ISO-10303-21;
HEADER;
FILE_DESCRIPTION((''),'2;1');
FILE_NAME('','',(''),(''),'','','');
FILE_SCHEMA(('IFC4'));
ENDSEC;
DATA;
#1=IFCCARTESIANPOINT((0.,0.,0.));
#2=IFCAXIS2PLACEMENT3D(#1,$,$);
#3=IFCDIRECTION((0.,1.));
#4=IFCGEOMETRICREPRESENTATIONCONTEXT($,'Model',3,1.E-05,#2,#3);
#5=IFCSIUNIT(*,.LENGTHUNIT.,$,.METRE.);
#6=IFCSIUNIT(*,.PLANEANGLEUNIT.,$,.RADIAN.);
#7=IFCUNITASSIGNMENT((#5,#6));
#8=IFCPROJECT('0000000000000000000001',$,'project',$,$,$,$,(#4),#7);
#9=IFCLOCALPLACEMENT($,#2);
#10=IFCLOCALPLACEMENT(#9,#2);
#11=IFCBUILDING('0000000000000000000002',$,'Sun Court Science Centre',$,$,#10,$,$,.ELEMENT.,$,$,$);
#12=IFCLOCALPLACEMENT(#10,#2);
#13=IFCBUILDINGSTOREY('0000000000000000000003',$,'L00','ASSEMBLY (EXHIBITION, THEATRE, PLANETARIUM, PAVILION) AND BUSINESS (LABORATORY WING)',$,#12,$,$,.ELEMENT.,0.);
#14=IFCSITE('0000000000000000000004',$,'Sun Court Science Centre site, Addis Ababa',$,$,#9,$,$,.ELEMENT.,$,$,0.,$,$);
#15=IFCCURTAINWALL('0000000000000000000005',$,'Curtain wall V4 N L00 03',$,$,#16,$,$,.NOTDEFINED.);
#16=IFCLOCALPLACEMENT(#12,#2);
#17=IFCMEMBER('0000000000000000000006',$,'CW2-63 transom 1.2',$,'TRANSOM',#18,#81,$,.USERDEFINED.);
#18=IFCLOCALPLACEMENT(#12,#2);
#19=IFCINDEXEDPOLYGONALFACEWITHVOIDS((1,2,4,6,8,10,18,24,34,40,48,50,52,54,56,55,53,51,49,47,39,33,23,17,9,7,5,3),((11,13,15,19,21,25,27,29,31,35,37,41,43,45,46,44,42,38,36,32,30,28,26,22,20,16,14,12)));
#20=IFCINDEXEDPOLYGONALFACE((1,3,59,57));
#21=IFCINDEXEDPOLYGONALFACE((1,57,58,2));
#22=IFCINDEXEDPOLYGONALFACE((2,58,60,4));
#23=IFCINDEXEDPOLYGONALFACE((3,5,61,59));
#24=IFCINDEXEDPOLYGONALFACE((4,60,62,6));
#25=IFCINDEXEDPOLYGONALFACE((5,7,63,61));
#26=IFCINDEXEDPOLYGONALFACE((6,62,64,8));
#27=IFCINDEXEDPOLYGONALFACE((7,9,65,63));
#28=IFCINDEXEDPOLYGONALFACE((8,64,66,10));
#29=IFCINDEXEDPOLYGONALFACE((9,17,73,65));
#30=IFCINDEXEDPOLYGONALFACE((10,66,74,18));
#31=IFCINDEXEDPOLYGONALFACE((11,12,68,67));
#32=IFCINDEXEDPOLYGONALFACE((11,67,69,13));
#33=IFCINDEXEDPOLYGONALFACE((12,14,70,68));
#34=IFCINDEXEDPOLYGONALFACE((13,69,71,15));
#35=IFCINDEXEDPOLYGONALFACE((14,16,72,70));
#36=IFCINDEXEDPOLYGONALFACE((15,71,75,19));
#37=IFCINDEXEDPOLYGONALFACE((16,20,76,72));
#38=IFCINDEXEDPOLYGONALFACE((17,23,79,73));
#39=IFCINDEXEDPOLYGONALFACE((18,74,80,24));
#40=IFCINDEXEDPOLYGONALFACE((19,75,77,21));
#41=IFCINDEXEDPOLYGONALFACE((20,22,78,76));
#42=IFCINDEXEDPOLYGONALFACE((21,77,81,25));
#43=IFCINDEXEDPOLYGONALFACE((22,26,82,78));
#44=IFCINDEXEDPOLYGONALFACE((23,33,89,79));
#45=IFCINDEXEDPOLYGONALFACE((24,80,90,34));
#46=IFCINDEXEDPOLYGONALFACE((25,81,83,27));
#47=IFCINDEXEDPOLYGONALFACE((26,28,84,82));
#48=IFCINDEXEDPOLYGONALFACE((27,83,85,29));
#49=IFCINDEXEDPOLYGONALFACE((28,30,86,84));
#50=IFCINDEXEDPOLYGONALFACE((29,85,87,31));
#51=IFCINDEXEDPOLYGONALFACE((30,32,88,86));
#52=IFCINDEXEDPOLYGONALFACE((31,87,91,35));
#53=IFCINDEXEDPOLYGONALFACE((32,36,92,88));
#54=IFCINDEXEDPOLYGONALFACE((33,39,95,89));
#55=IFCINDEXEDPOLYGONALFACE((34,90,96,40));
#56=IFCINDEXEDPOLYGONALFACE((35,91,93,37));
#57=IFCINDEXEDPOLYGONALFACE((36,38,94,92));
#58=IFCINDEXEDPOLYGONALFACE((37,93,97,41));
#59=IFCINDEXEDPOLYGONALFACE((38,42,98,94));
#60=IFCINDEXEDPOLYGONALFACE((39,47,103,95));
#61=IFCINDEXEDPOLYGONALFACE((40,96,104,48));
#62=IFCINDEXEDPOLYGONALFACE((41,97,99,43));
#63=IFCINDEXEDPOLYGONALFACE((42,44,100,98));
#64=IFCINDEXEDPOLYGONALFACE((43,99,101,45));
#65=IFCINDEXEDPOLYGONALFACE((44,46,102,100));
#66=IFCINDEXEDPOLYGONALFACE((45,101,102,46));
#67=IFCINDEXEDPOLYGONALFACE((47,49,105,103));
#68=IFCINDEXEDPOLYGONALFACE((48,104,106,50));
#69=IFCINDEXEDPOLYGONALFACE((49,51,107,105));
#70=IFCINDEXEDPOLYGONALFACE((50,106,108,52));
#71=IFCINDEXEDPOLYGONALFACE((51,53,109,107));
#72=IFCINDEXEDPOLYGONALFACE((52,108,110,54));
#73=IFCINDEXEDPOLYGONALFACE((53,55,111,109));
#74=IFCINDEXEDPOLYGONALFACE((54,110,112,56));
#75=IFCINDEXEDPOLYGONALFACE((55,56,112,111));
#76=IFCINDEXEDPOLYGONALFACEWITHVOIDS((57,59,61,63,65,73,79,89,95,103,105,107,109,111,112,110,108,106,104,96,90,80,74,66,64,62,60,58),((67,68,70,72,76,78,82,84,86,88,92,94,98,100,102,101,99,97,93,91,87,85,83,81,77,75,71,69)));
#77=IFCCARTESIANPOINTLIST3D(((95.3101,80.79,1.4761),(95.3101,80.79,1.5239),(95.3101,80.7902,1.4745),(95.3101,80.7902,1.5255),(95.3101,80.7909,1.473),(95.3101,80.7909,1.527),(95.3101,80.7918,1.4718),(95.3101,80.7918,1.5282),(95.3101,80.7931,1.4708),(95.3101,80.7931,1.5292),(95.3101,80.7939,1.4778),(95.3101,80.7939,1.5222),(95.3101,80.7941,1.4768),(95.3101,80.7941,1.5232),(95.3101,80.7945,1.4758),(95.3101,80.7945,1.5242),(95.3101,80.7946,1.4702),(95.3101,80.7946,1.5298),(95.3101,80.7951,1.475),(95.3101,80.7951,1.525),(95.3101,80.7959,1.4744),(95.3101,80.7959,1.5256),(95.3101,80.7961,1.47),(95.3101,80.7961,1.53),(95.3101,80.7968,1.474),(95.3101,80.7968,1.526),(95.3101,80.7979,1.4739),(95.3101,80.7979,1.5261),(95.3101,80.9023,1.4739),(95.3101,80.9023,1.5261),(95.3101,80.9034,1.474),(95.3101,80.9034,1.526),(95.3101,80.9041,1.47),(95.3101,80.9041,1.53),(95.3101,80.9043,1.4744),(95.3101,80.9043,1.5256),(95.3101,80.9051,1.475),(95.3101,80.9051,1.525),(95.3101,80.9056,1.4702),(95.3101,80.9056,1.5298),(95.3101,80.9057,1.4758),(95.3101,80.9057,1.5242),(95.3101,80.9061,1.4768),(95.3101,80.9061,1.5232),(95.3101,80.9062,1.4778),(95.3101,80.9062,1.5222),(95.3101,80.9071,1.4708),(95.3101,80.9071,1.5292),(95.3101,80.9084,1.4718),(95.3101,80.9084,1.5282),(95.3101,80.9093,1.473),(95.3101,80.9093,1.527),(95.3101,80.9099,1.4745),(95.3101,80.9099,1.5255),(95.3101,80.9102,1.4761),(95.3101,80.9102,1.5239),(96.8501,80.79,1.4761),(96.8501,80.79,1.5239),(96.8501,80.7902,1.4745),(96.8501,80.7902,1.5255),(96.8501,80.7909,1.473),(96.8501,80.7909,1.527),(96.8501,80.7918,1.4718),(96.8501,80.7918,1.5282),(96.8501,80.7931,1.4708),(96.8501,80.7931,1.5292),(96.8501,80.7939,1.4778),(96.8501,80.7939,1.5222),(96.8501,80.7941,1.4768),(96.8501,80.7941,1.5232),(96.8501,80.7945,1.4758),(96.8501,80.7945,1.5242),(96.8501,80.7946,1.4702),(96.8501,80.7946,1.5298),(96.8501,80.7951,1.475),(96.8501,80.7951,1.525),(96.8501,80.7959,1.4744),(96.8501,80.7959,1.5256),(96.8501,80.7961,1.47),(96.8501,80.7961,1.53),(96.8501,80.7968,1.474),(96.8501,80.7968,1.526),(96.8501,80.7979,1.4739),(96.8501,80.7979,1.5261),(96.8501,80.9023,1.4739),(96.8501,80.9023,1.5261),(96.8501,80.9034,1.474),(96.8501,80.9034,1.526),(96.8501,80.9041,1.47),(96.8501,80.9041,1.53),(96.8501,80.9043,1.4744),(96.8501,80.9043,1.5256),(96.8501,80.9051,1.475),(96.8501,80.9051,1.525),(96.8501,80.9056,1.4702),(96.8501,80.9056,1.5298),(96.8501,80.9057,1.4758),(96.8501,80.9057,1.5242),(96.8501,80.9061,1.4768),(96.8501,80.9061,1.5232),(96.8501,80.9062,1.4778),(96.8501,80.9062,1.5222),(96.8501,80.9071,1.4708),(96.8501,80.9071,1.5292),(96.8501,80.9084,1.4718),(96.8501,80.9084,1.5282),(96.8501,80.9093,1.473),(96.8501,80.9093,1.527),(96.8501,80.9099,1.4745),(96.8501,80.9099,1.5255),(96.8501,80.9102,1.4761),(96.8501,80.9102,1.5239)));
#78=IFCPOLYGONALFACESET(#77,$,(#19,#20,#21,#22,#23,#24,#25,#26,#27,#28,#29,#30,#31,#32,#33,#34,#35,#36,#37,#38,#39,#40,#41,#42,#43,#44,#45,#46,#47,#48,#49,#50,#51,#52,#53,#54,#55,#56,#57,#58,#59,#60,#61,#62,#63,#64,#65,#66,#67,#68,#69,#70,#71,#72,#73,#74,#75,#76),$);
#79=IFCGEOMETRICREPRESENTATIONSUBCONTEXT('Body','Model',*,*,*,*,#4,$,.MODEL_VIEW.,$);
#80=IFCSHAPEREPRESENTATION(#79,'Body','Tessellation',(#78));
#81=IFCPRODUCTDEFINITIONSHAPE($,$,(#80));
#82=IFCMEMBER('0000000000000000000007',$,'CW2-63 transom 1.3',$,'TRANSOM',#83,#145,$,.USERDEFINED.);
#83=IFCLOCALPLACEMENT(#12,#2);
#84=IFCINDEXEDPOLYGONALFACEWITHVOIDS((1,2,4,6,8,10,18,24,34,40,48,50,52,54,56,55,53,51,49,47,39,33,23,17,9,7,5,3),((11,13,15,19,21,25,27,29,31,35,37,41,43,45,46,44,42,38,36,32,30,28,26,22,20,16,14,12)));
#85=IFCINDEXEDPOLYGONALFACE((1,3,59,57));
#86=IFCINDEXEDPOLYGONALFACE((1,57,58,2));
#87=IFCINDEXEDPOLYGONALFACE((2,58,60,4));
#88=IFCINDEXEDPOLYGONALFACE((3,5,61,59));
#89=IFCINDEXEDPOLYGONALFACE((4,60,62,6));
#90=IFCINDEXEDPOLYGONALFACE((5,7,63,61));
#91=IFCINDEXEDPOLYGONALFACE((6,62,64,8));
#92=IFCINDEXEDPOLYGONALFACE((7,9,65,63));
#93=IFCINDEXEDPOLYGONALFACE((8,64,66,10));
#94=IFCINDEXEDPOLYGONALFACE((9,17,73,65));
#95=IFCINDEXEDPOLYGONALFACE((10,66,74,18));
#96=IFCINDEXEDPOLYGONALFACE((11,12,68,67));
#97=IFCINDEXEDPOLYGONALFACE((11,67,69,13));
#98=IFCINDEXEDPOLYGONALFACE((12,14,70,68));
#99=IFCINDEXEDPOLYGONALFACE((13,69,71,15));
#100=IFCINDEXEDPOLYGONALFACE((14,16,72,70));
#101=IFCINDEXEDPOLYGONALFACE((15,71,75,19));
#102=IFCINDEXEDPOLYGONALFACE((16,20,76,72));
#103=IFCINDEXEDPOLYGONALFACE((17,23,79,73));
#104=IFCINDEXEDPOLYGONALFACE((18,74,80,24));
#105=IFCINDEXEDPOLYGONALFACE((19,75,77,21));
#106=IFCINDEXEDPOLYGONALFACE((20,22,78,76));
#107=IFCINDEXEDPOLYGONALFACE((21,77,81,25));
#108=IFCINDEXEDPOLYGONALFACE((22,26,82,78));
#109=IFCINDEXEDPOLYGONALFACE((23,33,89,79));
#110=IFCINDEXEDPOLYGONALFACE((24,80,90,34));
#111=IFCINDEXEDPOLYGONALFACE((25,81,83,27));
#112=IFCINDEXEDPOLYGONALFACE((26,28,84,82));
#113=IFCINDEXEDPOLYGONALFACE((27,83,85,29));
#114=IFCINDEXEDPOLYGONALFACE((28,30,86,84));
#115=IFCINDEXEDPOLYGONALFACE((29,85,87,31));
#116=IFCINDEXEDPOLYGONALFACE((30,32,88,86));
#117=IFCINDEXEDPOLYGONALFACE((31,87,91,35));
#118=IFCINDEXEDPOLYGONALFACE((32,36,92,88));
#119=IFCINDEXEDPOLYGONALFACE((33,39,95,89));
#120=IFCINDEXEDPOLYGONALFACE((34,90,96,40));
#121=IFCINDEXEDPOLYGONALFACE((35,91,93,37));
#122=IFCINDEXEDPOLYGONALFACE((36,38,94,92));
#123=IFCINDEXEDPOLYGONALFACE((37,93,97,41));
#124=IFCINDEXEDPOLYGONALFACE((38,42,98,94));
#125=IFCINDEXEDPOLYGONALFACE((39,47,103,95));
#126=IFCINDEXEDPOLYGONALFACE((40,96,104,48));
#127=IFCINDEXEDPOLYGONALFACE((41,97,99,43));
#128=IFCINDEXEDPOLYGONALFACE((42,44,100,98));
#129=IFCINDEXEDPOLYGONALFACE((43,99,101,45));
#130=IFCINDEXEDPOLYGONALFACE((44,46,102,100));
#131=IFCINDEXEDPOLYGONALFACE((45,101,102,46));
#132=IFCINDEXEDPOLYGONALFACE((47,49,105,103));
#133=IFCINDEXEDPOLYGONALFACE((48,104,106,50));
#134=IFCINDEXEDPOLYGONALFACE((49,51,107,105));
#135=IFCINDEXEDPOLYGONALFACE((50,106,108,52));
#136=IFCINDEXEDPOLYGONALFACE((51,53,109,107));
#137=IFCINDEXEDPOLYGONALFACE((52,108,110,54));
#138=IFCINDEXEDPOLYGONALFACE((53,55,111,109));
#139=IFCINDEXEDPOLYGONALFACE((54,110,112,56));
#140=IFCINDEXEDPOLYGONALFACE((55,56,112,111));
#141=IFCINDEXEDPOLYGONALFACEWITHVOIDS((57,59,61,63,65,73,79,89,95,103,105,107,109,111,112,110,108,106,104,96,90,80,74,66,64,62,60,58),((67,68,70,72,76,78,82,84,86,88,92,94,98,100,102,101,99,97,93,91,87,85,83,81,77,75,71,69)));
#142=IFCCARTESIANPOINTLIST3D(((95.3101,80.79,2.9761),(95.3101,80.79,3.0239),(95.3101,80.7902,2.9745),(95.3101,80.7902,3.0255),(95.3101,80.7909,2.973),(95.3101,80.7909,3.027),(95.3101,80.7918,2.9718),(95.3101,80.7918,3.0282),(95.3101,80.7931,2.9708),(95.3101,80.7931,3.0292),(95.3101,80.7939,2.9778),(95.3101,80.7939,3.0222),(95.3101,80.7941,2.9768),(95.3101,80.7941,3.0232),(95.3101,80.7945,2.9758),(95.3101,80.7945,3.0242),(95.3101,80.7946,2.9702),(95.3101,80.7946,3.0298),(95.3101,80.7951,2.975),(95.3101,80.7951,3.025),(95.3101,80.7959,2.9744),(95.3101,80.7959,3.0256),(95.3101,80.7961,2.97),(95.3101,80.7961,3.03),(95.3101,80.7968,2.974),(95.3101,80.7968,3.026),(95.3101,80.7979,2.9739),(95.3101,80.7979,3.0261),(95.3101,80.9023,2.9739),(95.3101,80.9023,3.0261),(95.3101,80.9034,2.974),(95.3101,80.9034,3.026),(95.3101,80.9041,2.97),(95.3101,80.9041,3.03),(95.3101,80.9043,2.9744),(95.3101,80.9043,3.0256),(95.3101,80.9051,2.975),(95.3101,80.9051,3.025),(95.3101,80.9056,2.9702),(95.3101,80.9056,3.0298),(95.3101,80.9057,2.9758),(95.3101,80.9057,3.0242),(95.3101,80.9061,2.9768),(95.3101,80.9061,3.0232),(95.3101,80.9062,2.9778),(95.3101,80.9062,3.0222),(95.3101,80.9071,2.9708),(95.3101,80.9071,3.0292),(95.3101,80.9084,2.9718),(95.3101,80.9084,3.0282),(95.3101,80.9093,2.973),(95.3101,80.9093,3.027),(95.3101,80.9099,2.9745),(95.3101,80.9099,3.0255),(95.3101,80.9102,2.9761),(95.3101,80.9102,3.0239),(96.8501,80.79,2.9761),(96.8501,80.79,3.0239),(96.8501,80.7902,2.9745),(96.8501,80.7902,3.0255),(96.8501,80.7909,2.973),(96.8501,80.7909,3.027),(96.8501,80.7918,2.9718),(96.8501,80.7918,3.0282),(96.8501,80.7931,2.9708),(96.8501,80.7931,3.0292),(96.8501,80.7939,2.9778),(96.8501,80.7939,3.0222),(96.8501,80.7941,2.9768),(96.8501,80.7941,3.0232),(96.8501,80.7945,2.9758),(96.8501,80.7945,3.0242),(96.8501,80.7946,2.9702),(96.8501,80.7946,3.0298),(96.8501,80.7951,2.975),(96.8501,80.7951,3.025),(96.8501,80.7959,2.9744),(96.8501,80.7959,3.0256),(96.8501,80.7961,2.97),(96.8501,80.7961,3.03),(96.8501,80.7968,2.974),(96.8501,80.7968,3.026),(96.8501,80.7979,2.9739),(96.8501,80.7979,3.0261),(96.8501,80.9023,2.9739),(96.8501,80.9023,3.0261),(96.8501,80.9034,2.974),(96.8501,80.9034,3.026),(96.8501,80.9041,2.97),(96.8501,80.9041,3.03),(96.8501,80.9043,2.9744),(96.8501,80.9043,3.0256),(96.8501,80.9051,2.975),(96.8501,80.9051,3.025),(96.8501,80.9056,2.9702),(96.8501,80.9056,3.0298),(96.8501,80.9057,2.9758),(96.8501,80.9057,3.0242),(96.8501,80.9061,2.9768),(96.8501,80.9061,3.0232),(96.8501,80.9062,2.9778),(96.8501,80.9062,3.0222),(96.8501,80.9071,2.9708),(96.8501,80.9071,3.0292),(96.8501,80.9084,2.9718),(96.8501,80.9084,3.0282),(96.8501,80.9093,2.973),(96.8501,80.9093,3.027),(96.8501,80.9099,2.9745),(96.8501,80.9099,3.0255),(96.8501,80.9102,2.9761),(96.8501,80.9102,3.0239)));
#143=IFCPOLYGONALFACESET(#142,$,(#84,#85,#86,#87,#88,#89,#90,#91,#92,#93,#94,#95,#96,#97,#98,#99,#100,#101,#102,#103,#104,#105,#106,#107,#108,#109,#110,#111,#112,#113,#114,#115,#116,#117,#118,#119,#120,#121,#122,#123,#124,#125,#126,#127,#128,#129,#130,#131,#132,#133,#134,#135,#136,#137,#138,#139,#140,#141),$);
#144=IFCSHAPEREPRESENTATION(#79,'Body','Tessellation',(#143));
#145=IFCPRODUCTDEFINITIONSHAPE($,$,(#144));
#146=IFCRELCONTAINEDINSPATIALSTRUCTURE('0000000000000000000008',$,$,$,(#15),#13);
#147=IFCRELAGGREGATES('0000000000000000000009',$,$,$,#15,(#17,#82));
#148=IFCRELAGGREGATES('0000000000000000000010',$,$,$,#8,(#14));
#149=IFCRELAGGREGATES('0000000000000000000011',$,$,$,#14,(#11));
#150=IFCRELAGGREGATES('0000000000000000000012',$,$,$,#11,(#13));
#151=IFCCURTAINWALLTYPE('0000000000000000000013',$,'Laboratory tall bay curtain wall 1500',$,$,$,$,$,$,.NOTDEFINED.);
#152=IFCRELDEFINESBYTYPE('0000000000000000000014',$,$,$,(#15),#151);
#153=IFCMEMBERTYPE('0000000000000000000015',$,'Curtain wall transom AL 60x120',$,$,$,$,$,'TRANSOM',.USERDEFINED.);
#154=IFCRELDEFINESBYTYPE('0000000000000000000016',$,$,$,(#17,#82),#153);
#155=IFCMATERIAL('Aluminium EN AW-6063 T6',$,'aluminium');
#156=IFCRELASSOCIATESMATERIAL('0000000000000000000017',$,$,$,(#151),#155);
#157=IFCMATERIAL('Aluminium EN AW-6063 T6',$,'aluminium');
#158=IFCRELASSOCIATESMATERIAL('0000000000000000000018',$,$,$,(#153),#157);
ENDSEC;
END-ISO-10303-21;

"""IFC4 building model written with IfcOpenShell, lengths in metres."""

from ifc_helpers import new_model, si_unit, direction, frame, origin, origin_2d, place, context, subcontext, project, spatial, hollow_rectangle, extrude, material, material_profile, profile_set, type_object, element, aggregate, save


model = new_model("IFC4")

# Units and contexts
model_context = context("Model", 3, precision=1e-05, world=origin(), true_north=direction((0.0, 1.0)))
body_context = subcontext(model_context, "Body", "Model", "MODEL_VIEW")
ifc_project = project(units=[si_unit("LENGTHUNIT", "METRE"), si_unit("PLANEANGLEUNIT", "RADIAN")], contexts=[model_context])

# Site, building, storey
site_placement = place(None, origin())
site = spatial("IfcSite", under=ifc_project, at=site_placement, Name="Sun Court Science Centre site, Addis Ababa", CompositionType="ELEMENT", RefElevation=0.0)
building_placement = place(site_placement, origin())
building = spatial("IfcBuilding", under=site, at=building_placement, Name="Sun Court Science Centre", CompositionType="ELEMENT")
storey_placement = place(building_placement, origin())
storey = spatial("IfcBuildingStorey", under=building, at=storey_placement, Name="L00", Description="ASSEMBLY (EXHIBITION, THEATRE, PLANETARIUM, PAVILION) AND BUSINESS (LABORATORY WING)", CompositionType="ELEMENT", Elevation=0.0)

# Curtain wall
ifc_material_1 = material(Name="Aluminium EN AW-6063 T6", Category="aluminium")
curtain_wall_type = type_object("IfcCurtainWallType", Name="Laboratory tall bay curtain wall 1500", PredefinedType="NOTDEFINED", material=ifc_material_1)
curtain_wall_1_placement = place(storey_placement, origin())
curtain_wall_1 = element("IfcCurtainWall", 1, at=curtain_wall_1_placement, inside=storey, type_object=curtain_wall_type, Name="Curtain wall V4 N L00 03", PredefinedType="NOTDEFINED")

# Members
ifc_material_2 = material(Name="Aluminium EN AW-6063 T6", Category="aluminium")
ifc_material_profile_1 = material_profile(ifc_material_2, hollow_rectangle(XDim=0.0601, YDim=0.1201, WallThickness=0.0039, InnerFilletRadius=0.0039, OuterFilletRadius=0.0061, at=origin_2d()), Name="AL 60x120x4")
ifc_profile_set_1 = profile_set([ifc_material_profile_1], Name="Aluminium EN AW-6063 T6")
member_type_1 = type_object("IfcMemberType", Name="Curtain wall transom AL 60x120", ElementType="TRANSOM", PredefinedType="USERDEFINED", material=ifc_profile_set_1)
member_1_placement = place(storey_placement, frame((95.3101, 80.8501, 1.5), z_axis=(1.0, 0.0, 0.0), x_axis=(0.0, 0.0, 1.0)))
member_1 = element("IfcMember", 2, at=member_1_placement, type_object=member_type_1, Name="CW2-63 transom 1.2", ObjectType="TRANSOM", PredefinedType="USERDEFINED", context=body_context, shape_type="SweptSolid", body=[
    extrude(hollow_rectangle(XDim=0.0601, YDim=0.1201, WallThickness=0.0039, InnerFilletRadius=0.0039, OuterFilletRadius=0.0061, at=origin_2d()), origin(), (0.0, 0.0, 1.0), 1.54),
])
member_2_placement = place(storey_placement, frame((95.3101, 80.8501, 3.0), z_axis=(1.0, 0.0, 0.0), x_axis=(0.0, 0.0, 1.0)))
member_2 = element("IfcMember", 3, at=member_2_placement, type_object=member_type_1, Name="CW2-63 transom 1.3", ObjectType="TRANSOM", PredefinedType="USERDEFINED", context=body_context, shape_type="SweptSolid", body=[
    extrude(hollow_rectangle(XDim=0.0601, YDim=0.1201, WallThickness=0.0039, InnerFilletRadius=0.0039, OuterFilletRadius=0.0061, at=origin_2d()), origin(), (0.0, 0.0, 1.0), 1.54),
])

aggregate(curtain_wall_1, [member_1, member_2])

save(model, "model.ifc")
